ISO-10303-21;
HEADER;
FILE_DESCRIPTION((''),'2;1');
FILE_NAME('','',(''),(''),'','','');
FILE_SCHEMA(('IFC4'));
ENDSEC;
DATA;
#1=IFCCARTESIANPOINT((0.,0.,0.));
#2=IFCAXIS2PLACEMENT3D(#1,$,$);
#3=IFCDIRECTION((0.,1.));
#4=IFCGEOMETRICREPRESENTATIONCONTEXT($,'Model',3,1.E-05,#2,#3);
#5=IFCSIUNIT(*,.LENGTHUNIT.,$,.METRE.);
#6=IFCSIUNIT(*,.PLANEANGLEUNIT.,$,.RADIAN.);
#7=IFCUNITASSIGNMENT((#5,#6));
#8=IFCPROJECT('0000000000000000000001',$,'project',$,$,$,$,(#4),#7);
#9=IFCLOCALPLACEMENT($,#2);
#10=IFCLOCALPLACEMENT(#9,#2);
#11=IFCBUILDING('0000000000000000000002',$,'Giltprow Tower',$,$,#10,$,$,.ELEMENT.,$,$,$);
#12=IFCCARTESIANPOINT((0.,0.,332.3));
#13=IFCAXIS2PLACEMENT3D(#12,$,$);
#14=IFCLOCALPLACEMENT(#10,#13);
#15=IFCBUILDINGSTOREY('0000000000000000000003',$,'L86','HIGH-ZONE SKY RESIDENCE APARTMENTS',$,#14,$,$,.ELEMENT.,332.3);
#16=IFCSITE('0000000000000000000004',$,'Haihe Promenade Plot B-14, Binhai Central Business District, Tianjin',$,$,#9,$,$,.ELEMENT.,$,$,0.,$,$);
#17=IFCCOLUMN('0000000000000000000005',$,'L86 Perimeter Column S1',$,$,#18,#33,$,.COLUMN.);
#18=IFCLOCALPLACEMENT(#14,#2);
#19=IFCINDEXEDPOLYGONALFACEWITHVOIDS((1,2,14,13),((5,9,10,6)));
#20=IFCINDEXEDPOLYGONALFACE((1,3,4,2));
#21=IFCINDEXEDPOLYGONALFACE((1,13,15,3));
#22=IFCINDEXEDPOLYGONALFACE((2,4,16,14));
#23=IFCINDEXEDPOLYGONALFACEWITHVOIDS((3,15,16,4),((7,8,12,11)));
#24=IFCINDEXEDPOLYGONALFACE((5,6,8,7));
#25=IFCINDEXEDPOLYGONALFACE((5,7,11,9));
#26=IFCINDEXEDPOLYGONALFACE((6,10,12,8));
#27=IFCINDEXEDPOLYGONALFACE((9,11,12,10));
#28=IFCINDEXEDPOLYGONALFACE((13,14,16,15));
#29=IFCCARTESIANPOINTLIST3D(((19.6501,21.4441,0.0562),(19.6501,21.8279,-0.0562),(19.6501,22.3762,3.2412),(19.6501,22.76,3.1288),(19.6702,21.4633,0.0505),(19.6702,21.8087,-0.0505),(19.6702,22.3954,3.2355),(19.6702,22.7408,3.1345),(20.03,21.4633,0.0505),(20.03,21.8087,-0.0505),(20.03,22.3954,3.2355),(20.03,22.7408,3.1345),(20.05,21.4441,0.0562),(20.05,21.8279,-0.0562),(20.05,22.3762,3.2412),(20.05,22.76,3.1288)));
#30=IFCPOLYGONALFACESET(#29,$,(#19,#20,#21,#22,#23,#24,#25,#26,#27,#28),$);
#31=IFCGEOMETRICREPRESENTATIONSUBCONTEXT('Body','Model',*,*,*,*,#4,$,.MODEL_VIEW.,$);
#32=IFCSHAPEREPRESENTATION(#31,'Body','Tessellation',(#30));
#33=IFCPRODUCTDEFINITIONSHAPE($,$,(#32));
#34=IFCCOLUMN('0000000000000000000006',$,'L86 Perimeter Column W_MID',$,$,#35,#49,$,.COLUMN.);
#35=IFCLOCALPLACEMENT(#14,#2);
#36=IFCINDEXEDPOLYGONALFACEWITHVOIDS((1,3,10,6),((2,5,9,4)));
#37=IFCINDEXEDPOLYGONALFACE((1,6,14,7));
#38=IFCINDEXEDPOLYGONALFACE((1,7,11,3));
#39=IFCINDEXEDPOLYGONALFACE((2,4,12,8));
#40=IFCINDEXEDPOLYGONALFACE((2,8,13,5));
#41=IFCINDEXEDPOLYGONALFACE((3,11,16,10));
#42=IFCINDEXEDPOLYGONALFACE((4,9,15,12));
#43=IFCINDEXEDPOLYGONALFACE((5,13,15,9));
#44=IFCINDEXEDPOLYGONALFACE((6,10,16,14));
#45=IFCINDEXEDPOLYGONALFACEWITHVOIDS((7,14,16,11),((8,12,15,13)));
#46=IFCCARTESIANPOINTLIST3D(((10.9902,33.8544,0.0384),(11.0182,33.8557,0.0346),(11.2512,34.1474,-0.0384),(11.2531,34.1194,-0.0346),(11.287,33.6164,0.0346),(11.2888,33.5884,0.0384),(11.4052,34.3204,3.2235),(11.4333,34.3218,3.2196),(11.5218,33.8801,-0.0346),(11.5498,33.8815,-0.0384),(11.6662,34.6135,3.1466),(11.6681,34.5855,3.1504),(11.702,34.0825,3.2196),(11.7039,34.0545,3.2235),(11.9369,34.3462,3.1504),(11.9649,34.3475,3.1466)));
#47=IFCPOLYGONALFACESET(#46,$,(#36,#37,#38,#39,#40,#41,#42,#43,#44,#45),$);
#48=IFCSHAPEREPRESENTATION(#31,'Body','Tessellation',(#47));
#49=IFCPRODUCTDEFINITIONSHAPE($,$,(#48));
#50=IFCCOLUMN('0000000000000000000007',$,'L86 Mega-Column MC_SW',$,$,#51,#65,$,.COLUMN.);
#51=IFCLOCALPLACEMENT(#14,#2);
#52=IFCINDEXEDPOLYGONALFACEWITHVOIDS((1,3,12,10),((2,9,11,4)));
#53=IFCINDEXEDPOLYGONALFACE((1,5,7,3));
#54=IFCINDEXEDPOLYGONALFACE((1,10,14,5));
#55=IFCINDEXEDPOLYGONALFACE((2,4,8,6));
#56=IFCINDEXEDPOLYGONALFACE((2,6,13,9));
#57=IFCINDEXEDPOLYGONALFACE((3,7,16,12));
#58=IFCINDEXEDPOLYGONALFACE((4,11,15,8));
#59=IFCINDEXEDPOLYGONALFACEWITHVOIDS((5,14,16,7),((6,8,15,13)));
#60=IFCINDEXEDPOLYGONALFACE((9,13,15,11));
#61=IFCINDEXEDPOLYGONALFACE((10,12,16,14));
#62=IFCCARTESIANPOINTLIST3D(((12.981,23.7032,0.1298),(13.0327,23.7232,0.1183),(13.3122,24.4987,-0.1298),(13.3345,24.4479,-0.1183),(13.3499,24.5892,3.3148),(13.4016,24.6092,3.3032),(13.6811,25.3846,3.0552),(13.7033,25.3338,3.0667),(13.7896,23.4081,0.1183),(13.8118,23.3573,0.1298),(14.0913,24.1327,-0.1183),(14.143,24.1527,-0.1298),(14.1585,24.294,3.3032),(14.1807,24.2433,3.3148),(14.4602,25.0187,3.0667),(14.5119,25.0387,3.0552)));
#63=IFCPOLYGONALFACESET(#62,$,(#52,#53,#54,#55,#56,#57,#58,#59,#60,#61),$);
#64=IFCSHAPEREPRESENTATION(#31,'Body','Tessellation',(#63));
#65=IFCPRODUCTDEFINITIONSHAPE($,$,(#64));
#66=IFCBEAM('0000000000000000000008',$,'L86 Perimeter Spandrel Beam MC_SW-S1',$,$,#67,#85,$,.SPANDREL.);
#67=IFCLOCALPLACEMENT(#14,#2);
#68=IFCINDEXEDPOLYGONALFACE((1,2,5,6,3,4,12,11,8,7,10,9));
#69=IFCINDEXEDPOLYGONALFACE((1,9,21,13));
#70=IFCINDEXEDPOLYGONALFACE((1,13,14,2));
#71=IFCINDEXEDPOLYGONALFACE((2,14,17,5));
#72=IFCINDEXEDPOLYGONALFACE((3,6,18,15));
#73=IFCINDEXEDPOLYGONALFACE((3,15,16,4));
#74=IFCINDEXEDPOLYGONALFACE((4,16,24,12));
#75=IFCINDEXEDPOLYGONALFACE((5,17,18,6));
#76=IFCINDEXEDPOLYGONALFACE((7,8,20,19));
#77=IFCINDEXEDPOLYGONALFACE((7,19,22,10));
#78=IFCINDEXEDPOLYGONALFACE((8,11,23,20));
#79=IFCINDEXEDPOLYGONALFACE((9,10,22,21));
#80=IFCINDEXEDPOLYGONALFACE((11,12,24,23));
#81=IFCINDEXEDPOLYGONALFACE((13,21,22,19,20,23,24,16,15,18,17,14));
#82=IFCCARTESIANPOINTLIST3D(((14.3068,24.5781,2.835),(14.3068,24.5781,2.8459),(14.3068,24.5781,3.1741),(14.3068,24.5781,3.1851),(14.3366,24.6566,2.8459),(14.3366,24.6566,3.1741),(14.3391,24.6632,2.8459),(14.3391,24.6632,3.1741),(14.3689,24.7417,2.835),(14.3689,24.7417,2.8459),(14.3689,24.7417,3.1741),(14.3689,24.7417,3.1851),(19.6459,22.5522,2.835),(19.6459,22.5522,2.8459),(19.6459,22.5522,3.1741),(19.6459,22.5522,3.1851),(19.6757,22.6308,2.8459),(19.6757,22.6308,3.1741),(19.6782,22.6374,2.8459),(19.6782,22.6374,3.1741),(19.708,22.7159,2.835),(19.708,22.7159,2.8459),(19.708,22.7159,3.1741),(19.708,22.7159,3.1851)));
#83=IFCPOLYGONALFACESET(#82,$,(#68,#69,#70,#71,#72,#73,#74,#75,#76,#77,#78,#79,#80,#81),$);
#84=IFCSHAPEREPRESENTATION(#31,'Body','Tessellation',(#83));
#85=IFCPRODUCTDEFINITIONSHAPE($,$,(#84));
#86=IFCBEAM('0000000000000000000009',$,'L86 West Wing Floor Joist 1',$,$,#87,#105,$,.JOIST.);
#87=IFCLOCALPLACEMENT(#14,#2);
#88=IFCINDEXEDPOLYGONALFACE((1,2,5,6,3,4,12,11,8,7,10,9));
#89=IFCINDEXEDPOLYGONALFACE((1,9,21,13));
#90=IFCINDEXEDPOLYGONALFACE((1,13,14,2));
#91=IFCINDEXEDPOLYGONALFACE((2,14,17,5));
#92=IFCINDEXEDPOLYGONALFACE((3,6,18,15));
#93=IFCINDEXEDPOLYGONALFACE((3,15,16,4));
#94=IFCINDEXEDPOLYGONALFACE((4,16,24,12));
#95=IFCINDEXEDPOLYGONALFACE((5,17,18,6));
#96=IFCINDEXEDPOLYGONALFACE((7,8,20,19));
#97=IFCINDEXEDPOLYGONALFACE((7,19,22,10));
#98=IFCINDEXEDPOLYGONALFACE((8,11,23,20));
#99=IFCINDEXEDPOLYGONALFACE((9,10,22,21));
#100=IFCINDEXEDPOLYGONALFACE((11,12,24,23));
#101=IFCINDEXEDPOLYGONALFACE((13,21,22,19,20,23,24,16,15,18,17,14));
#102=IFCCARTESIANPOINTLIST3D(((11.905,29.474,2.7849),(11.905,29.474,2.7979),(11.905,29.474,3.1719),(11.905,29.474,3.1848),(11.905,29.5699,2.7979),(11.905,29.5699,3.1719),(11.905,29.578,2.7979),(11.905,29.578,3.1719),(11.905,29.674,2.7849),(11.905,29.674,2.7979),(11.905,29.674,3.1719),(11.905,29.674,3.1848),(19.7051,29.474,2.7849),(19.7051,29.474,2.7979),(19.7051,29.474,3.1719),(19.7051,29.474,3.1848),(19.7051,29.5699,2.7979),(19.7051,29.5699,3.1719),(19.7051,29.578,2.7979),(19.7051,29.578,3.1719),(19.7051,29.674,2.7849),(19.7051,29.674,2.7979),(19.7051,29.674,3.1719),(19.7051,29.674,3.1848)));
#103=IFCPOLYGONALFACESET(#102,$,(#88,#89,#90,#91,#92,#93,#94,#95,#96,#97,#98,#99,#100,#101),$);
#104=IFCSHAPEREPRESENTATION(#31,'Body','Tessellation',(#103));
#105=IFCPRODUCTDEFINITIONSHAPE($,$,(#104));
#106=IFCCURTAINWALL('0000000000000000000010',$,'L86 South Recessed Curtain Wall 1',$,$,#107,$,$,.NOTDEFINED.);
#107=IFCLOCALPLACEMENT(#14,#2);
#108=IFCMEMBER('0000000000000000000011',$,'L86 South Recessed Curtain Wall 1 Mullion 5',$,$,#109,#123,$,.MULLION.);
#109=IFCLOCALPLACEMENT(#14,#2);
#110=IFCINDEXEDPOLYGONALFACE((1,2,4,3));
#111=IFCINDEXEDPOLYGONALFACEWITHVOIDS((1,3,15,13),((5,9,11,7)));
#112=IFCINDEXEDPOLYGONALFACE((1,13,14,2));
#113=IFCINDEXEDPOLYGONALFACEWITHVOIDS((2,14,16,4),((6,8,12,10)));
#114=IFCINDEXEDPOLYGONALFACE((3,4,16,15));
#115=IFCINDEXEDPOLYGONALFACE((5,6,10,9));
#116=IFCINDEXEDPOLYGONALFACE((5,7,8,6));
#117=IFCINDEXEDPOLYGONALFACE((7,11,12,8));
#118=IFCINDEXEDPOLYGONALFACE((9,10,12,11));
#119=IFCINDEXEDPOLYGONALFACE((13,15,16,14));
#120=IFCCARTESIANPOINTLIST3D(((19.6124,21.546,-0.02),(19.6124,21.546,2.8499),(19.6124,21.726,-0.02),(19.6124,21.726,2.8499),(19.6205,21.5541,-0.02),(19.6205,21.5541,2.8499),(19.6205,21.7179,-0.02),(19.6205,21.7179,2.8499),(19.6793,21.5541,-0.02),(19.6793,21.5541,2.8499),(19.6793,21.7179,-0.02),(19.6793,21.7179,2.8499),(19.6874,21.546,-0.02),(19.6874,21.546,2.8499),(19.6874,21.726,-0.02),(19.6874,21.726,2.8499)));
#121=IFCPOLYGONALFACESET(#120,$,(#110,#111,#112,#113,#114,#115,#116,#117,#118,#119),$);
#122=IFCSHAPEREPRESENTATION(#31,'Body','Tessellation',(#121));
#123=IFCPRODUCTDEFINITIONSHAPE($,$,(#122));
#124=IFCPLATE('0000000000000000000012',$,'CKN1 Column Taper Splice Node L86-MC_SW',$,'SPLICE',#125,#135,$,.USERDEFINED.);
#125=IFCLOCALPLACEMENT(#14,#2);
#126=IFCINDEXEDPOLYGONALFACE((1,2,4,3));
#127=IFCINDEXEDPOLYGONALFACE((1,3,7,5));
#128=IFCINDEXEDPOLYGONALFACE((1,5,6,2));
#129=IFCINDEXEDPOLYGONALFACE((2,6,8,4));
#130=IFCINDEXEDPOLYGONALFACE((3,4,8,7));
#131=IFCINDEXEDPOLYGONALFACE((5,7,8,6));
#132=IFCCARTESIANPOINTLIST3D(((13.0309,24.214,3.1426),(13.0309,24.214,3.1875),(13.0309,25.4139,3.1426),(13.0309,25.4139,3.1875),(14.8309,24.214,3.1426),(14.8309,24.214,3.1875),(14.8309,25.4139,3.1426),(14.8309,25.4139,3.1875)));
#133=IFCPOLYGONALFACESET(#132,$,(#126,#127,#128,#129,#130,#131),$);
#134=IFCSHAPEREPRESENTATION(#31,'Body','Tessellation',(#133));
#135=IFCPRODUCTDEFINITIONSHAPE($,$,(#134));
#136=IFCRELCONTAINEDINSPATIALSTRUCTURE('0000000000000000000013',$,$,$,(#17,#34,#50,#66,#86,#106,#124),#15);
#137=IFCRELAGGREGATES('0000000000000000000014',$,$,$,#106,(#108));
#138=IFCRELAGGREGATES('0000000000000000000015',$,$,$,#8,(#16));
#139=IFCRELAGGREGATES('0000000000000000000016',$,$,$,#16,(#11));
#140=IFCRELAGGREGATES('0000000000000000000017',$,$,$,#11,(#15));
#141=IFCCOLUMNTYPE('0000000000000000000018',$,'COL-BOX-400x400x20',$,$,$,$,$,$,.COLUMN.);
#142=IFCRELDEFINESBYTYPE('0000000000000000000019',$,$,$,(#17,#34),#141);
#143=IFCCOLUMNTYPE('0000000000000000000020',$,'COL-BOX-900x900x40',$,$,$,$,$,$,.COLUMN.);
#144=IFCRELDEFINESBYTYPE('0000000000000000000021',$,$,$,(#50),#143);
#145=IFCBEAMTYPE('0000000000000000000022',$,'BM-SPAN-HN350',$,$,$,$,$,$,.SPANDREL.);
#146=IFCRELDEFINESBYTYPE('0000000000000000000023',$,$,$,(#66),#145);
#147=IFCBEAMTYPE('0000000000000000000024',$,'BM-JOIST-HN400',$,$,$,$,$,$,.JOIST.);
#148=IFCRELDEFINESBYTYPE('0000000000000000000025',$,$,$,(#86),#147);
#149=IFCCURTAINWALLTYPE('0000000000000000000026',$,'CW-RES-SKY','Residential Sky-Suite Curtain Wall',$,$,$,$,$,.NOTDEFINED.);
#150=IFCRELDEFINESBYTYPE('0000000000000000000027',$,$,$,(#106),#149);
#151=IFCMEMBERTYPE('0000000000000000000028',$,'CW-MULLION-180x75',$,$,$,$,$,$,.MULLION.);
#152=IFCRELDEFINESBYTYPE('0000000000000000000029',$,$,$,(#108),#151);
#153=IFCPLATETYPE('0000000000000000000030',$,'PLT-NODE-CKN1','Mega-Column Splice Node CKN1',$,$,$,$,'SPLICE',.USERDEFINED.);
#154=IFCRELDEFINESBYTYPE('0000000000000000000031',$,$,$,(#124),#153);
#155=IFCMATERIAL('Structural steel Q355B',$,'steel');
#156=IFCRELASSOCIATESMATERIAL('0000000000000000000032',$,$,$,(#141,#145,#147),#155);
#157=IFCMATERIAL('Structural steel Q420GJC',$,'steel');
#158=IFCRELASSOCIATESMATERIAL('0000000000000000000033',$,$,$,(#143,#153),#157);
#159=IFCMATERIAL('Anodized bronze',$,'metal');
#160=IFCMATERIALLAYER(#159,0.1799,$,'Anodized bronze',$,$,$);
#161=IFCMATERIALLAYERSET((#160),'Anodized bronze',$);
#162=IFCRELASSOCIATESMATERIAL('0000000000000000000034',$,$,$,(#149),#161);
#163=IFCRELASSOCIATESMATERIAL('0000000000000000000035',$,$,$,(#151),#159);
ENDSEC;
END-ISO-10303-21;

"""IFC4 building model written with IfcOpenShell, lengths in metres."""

from ifc_helpers import new_model, si_unit, direction, frame, origin, origin_2d, place, context, subcontext, project, spatial, rectangle, hollow_rectangle, i_section, extrude, source, transform, mapped, material, layer, layer_set, material_profile, profile_set, type_object, element, aggregate, save


model = new_model("IFC4")

# Units and contexts
model_context = context("Model", 3, precision=1e-05, world=origin(), true_north=direction((0.0, 1.0)))
body_context = subcontext(model_context, "Body", "Model", "MODEL_VIEW")
ifc_project = project(units=[si_unit("LENGTHUNIT", "METRE"), si_unit("PLANEANGLEUNIT", "RADIAN")], contexts=[model_context])

# Site, building, storey
site_placement = place(None, origin())
site = spatial("IfcSite", under=ifc_project, at=site_placement, Name="Haihe Promenade Plot B-14, Binhai Central Business District, Tianjin", CompositionType="ELEMENT", RefElevation=0.0)
building_placement = place(site_placement, origin())
building = spatial("IfcBuilding", under=site, at=building_placement, Name="Giltprow Tower", CompositionType="ELEMENT")
storey_placement = place(building_placement, frame((0.0, 0.0, 332.3)))
storey = spatial("IfcBuildingStorey", under=building, at=storey_placement, Name="L86", Description="HIGH-ZONE SKY RESIDENCE APARTMENTS", CompositionType="ELEMENT", Elevation=332.3)

# Columns
ifc_material_1 = material(Name="Structural steel Q355B", Category="steel")
ifc_material_profile_1 = material_profile(ifc_material_1, hollow_rectangle(XDim=0.3999, YDim=0.3999, WallThickness=0.02, at=origin_2d()), Name="BOX 400x400x20")
ifc_profile_set_1 = profile_set([ifc_material_profile_1], Name="Structural steel Q355B")
column_type_1 = type_object("IfcColumnType", Name="COL-BOX-400x400x20", PredefinedType="COLUMN", material=ifc_profile_set_1)
shared_shape_1 = source(origin(), body_context, "Body", "SweptSolid", [
    extrude(hollow_rectangle(XDim=0.3999, YDim=0.3999, WallThickness=0.02, at=origin_2d()), origin(), (0.0, 0.0, 1.0), 3.3186),
])
column_1_placement = place(storey_placement, frame((19.8501, 21.636, 0.0), z_axis=(0.0, 0.280876, 0.959744), x_axis=(-1.0, 0.0, 0.0)))
element("IfcColumn", 1, at=column_1_placement, inside=storey, type_object=column_type_1, Name="L86 Perimeter Column S1", PredefinedType="COLUMN", context=body_context, shape_type="MappedRepresentation", body=[
    mapped(shared_shape_1, transform((0.0, 0.0, 0.0), x_axis=(1.0, 0.0, 0.0), y_axis=(0.0, 1.0, 0.0), z_axis=(0.0, 0.0, 1.0), scale=1.0)),
])
shared_shape_2 = source(origin(), body_context, "Body", "SweptSolid", [
    extrude(hollow_rectangle(XDim=0.3999, YDim=0.3999, WallThickness=0.02, at=origin_2d()), origin(), (0.0, 0.0, 1.0), 3.2456),
])
column_2_placement = place(storey_placement, frame((11.27, 33.8679, 0.0), z_axis=(0.127877, 0.143598, 0.98134), x_axis=(-0.746805, 0.665043, 0.0)))
element("IfcColumn", 2, at=column_2_placement, inside=storey, type_object=column_type_1, Name="L86 Perimeter Column W_MID", PredefinedType="COLUMN", context=body_context, shape_type="MappedRepresentation", body=[
    mapped(shared_shape_2, transform((0.0, 0.0, 0.0), x_axis=(1.0, 0.0, 0.0), y_axis=(0.0, 1.0, 0.0), z_axis=(0.0, 0.0, 1.0), scale=1.0)),
])
ifc_material_2 = material(Name="Structural steel Q420GJC", Category="steel")
ifc_material_profile_2 = material_profile(ifc_material_2, hollow_rectangle(XDim=0.8999, YDim=0.8999, WallThickness=0.04, at=origin_2d()), Name="BOX 900x900x40")
ifc_profile_set_2 = profile_set([ifc_material_profile_2], Name="Structural steel Q420GJC")
column_type_2 = type_object("IfcColumnType", Name="COL-BOX-900x900x40", PredefinedType="COLUMN", material=ifc_profile_set_2)
shared_shape_3 = source(origin(), body_context, "Body", "SweptSolid", [
    extrude(hollow_rectangle(XDim=0.8999, YDim=0.8999, WallThickness=0.04, at=origin_2d()), origin(), (0.0, 0.0, 1.0), 3.3264),
])
column_3_placement = place(storey_placement, frame((13.562, 23.928, 0.0), z_axis=(0.110896, 0.266341, 0.957478), x_axis=(-0.923175, 0.384381, 0.0)))
element("IfcColumn", 3, at=column_3_placement, inside=storey, type_object=column_type_2, Name="L86 Mega-Column MC_SW", PredefinedType="COLUMN", context=body_context, shape_type="MappedRepresentation", body=[
    mapped(shared_shape_3, transform((0.0, 0.0, 0.0), x_axis=(1.0, 0.0, 0.0), y_axis=(0.0, 1.0, 0.0), z_axis=(0.0, 0.0, 1.0), scale=1.0)),
])

# Beams
ifc_material_profile_3 = material_profile(ifc_material_1, i_section(OverallWidth=0.175, OverallDepth=0.3501, WebThickness=0.0071, FlangeThickness=0.011, at=origin_2d()), Name="HN 350x175x7x11")
ifc_profile_set_3 = profile_set([ifc_material_profile_3], Name="Structural steel Q355B")
beam_type_1 = type_object("IfcBeamType", Name="BM-SPAN-HN350", PredefinedType="SPANDREL", material=ifc_profile_set_3)
shared_shape_4 = source(origin(), body_context, "Body", "SweptSolid", [
    extrude(i_section(OverallWidth=0.175, OverallDepth=0.3501, WebThickness=0.0071, FlangeThickness=0.011, at=origin_2d()), origin(), (0.0, 0.0, 1.0), 5.7104),
])
beam_1_placement = place(storey_placement, frame((14.3379, 24.6599, 3.01), z_axis=(0.934957, -0.354761, 0.0), x_axis=(0.354761, 0.934957, 0.0)))
element("IfcBeam", 4, at=beam_1_placement, inside=storey, type_object=beam_type_1, Name="L86 Perimeter Spandrel Beam MC_SW-S1", PredefinedType="SPANDREL", context=body_context, shape_type="MappedRepresentation", body=[
    mapped(shared_shape_4, transform((0.0, 0.0, 0.0), x_axis=(1.0, 0.0, 0.0), y_axis=(0.0, 1.0, 0.0), z_axis=(0.0, 0.0, 1.0), scale=1.0)),
])
ifc_material_profile_4 = material_profile(ifc_material_1, i_section(OverallWidth=0.2, OverallDepth=0.3999, WebThickness=0.0081, FlangeThickness=0.0129, at=origin_2d()), Name="HN 400x200x8x13")
ifc_profile_set_4 = profile_set([ifc_material_profile_4], Name="Structural steel Q355B")
beam_type_2 = type_object("IfcBeamType", Name="BM-JOIST-HN400", PredefinedType="JOIST", material=ifc_profile_set_4)
shared_shape_5 = source(origin(), body_context, "Body", "SweptSolid", [
    extrude(i_section(OverallWidth=0.2, OverallDepth=0.3999, WebThickness=0.0081, FlangeThickness=0.0129, at=origin_2d()), origin(), (0.0, 0.0, 1.0), 7.8),
])
beam_2_placement = place(storey_placement, frame((11.905, 29.574, 2.9849), z_axis=(1.0, 0.0, 0.0), x_axis=(0.0, 1.0, 0.0)))
element("IfcBeam", 5, at=beam_2_placement, inside=storey, type_object=beam_type_2, Name="L86 West Wing Floor Joist 1", PredefinedType="JOIST", context=body_context, shape_type="MappedRepresentation", body=[
    mapped(shared_shape_5, transform((0.0, 0.0, 0.0), x_axis=(1.0, 0.0, 0.0), y_axis=(0.0, 1.0, 0.0), z_axis=(0.0, 0.0, 1.0), scale=1.0)),
])

# Curtain wall, member
ifc_material_3 = material(Name="Anodized bronze", Category="metal")
ifc_layer_1 = layer(ifc_material_3, 0.1799, Name="Anodized bronze")
ifc_layer_set_1 = layer_set([ifc_layer_1], Name="Anodized bronze")
curtain_wall_type = type_object("IfcCurtainWallType", Name="CW-RES-SKY", Description="Residential Sky-Suite Curtain Wall", PredefinedType="NOTDEFINED", material=ifc_layer_set_1)
curtain_wall_placement = place(storey_placement, origin())
curtain_wall = element("IfcCurtainWall", 6, at=curtain_wall_placement, inside=storey, type_object=curtain_wall_type, Name="L86 South Recessed Curtain Wall 1", PredefinedType="NOTDEFINED")
ifc_material_profile_5 = material_profile(ifc_material_3, hollow_rectangle(XDim=0.075, YDim=0.1799, WallThickness=0.0081, at=origin_2d()), Name="RHS 180x75x8")
ifc_profile_set_5 = profile_set([ifc_material_profile_5], Name="Anodized bronze")
member_type = type_object("IfcMemberType", Name="CW-MULLION-180x75", PredefinedType="MULLION", material=ifc_profile_set_5)
shared_shape_6 = source(origin(), body_context, "Body", "SweptSolid", [
    extrude(hollow_rectangle(XDim=0.075, YDim=0.1799, WallThickness=0.0081, at=origin_2d()), origin(), (0.0, 0.0, 1.0), 2.8699),
])
member_placement = place(storey_placement, frame((19.6499, 21.636, -0.02), z_axis=(0.0, 0.0, 1.0), x_axis=(1.0, 0.0, 0.0)))
member = element("IfcMember", 7, at=member_placement, type_object=member_type, Name="L86 South Recessed Curtain Wall 1 Mullion 5", PredefinedType="MULLION", context=body_context, shape_type="MappedRepresentation", body=[
    mapped(shared_shape_6, transform((0.0, 0.0, 0.0), x_axis=(1.0, 0.0, 0.0), y_axis=(0.0, 1.0, 0.0), z_axis=(0.0, 0.0, 1.0), scale=1.0)),
])
aggregate(curtain_wall, [member])

# Plate
plate_type = type_object("IfcPlateType", Name="PLT-NODE-CKN1", Description="Mega-Column Splice Node CKN1", ElementType="SPLICE", PredefinedType="USERDEFINED", material=ifc_material_2)
shared_shape_7 = source(origin(), body_context, "Body", "SweptSolid", [
    extrude(rectangle(XDim=1.8, YDim=1.2, at=origin_2d()), origin(), (0.0, 0.0, 1.0), 0.0449),
])
plate_placement = place(storey_placement, frame((13.9309, 24.814, 3.1426), z_axis=(0.0, 0.0, 1.0), x_axis=(1.0, 0.0, 0.0)))
element("IfcPlate", 8, at=plate_placement, inside=storey, type_object=plate_type, Name="CKN1 Column Taper Splice Node L86-MC_SW", ObjectType="SPLICE", PredefinedType="USERDEFINED", context=body_context, shape_type="MappedRepresentation", body=[
    mapped(shared_shape_7, transform((0.0, 0.0, 0.0), x_axis=(1.0, 0.0, 0.0), y_axis=(0.0, 1.0, 0.0), z_axis=(0.0, 0.0, 1.0), scale=1.0)),
])

save(model, "model.ifc")
